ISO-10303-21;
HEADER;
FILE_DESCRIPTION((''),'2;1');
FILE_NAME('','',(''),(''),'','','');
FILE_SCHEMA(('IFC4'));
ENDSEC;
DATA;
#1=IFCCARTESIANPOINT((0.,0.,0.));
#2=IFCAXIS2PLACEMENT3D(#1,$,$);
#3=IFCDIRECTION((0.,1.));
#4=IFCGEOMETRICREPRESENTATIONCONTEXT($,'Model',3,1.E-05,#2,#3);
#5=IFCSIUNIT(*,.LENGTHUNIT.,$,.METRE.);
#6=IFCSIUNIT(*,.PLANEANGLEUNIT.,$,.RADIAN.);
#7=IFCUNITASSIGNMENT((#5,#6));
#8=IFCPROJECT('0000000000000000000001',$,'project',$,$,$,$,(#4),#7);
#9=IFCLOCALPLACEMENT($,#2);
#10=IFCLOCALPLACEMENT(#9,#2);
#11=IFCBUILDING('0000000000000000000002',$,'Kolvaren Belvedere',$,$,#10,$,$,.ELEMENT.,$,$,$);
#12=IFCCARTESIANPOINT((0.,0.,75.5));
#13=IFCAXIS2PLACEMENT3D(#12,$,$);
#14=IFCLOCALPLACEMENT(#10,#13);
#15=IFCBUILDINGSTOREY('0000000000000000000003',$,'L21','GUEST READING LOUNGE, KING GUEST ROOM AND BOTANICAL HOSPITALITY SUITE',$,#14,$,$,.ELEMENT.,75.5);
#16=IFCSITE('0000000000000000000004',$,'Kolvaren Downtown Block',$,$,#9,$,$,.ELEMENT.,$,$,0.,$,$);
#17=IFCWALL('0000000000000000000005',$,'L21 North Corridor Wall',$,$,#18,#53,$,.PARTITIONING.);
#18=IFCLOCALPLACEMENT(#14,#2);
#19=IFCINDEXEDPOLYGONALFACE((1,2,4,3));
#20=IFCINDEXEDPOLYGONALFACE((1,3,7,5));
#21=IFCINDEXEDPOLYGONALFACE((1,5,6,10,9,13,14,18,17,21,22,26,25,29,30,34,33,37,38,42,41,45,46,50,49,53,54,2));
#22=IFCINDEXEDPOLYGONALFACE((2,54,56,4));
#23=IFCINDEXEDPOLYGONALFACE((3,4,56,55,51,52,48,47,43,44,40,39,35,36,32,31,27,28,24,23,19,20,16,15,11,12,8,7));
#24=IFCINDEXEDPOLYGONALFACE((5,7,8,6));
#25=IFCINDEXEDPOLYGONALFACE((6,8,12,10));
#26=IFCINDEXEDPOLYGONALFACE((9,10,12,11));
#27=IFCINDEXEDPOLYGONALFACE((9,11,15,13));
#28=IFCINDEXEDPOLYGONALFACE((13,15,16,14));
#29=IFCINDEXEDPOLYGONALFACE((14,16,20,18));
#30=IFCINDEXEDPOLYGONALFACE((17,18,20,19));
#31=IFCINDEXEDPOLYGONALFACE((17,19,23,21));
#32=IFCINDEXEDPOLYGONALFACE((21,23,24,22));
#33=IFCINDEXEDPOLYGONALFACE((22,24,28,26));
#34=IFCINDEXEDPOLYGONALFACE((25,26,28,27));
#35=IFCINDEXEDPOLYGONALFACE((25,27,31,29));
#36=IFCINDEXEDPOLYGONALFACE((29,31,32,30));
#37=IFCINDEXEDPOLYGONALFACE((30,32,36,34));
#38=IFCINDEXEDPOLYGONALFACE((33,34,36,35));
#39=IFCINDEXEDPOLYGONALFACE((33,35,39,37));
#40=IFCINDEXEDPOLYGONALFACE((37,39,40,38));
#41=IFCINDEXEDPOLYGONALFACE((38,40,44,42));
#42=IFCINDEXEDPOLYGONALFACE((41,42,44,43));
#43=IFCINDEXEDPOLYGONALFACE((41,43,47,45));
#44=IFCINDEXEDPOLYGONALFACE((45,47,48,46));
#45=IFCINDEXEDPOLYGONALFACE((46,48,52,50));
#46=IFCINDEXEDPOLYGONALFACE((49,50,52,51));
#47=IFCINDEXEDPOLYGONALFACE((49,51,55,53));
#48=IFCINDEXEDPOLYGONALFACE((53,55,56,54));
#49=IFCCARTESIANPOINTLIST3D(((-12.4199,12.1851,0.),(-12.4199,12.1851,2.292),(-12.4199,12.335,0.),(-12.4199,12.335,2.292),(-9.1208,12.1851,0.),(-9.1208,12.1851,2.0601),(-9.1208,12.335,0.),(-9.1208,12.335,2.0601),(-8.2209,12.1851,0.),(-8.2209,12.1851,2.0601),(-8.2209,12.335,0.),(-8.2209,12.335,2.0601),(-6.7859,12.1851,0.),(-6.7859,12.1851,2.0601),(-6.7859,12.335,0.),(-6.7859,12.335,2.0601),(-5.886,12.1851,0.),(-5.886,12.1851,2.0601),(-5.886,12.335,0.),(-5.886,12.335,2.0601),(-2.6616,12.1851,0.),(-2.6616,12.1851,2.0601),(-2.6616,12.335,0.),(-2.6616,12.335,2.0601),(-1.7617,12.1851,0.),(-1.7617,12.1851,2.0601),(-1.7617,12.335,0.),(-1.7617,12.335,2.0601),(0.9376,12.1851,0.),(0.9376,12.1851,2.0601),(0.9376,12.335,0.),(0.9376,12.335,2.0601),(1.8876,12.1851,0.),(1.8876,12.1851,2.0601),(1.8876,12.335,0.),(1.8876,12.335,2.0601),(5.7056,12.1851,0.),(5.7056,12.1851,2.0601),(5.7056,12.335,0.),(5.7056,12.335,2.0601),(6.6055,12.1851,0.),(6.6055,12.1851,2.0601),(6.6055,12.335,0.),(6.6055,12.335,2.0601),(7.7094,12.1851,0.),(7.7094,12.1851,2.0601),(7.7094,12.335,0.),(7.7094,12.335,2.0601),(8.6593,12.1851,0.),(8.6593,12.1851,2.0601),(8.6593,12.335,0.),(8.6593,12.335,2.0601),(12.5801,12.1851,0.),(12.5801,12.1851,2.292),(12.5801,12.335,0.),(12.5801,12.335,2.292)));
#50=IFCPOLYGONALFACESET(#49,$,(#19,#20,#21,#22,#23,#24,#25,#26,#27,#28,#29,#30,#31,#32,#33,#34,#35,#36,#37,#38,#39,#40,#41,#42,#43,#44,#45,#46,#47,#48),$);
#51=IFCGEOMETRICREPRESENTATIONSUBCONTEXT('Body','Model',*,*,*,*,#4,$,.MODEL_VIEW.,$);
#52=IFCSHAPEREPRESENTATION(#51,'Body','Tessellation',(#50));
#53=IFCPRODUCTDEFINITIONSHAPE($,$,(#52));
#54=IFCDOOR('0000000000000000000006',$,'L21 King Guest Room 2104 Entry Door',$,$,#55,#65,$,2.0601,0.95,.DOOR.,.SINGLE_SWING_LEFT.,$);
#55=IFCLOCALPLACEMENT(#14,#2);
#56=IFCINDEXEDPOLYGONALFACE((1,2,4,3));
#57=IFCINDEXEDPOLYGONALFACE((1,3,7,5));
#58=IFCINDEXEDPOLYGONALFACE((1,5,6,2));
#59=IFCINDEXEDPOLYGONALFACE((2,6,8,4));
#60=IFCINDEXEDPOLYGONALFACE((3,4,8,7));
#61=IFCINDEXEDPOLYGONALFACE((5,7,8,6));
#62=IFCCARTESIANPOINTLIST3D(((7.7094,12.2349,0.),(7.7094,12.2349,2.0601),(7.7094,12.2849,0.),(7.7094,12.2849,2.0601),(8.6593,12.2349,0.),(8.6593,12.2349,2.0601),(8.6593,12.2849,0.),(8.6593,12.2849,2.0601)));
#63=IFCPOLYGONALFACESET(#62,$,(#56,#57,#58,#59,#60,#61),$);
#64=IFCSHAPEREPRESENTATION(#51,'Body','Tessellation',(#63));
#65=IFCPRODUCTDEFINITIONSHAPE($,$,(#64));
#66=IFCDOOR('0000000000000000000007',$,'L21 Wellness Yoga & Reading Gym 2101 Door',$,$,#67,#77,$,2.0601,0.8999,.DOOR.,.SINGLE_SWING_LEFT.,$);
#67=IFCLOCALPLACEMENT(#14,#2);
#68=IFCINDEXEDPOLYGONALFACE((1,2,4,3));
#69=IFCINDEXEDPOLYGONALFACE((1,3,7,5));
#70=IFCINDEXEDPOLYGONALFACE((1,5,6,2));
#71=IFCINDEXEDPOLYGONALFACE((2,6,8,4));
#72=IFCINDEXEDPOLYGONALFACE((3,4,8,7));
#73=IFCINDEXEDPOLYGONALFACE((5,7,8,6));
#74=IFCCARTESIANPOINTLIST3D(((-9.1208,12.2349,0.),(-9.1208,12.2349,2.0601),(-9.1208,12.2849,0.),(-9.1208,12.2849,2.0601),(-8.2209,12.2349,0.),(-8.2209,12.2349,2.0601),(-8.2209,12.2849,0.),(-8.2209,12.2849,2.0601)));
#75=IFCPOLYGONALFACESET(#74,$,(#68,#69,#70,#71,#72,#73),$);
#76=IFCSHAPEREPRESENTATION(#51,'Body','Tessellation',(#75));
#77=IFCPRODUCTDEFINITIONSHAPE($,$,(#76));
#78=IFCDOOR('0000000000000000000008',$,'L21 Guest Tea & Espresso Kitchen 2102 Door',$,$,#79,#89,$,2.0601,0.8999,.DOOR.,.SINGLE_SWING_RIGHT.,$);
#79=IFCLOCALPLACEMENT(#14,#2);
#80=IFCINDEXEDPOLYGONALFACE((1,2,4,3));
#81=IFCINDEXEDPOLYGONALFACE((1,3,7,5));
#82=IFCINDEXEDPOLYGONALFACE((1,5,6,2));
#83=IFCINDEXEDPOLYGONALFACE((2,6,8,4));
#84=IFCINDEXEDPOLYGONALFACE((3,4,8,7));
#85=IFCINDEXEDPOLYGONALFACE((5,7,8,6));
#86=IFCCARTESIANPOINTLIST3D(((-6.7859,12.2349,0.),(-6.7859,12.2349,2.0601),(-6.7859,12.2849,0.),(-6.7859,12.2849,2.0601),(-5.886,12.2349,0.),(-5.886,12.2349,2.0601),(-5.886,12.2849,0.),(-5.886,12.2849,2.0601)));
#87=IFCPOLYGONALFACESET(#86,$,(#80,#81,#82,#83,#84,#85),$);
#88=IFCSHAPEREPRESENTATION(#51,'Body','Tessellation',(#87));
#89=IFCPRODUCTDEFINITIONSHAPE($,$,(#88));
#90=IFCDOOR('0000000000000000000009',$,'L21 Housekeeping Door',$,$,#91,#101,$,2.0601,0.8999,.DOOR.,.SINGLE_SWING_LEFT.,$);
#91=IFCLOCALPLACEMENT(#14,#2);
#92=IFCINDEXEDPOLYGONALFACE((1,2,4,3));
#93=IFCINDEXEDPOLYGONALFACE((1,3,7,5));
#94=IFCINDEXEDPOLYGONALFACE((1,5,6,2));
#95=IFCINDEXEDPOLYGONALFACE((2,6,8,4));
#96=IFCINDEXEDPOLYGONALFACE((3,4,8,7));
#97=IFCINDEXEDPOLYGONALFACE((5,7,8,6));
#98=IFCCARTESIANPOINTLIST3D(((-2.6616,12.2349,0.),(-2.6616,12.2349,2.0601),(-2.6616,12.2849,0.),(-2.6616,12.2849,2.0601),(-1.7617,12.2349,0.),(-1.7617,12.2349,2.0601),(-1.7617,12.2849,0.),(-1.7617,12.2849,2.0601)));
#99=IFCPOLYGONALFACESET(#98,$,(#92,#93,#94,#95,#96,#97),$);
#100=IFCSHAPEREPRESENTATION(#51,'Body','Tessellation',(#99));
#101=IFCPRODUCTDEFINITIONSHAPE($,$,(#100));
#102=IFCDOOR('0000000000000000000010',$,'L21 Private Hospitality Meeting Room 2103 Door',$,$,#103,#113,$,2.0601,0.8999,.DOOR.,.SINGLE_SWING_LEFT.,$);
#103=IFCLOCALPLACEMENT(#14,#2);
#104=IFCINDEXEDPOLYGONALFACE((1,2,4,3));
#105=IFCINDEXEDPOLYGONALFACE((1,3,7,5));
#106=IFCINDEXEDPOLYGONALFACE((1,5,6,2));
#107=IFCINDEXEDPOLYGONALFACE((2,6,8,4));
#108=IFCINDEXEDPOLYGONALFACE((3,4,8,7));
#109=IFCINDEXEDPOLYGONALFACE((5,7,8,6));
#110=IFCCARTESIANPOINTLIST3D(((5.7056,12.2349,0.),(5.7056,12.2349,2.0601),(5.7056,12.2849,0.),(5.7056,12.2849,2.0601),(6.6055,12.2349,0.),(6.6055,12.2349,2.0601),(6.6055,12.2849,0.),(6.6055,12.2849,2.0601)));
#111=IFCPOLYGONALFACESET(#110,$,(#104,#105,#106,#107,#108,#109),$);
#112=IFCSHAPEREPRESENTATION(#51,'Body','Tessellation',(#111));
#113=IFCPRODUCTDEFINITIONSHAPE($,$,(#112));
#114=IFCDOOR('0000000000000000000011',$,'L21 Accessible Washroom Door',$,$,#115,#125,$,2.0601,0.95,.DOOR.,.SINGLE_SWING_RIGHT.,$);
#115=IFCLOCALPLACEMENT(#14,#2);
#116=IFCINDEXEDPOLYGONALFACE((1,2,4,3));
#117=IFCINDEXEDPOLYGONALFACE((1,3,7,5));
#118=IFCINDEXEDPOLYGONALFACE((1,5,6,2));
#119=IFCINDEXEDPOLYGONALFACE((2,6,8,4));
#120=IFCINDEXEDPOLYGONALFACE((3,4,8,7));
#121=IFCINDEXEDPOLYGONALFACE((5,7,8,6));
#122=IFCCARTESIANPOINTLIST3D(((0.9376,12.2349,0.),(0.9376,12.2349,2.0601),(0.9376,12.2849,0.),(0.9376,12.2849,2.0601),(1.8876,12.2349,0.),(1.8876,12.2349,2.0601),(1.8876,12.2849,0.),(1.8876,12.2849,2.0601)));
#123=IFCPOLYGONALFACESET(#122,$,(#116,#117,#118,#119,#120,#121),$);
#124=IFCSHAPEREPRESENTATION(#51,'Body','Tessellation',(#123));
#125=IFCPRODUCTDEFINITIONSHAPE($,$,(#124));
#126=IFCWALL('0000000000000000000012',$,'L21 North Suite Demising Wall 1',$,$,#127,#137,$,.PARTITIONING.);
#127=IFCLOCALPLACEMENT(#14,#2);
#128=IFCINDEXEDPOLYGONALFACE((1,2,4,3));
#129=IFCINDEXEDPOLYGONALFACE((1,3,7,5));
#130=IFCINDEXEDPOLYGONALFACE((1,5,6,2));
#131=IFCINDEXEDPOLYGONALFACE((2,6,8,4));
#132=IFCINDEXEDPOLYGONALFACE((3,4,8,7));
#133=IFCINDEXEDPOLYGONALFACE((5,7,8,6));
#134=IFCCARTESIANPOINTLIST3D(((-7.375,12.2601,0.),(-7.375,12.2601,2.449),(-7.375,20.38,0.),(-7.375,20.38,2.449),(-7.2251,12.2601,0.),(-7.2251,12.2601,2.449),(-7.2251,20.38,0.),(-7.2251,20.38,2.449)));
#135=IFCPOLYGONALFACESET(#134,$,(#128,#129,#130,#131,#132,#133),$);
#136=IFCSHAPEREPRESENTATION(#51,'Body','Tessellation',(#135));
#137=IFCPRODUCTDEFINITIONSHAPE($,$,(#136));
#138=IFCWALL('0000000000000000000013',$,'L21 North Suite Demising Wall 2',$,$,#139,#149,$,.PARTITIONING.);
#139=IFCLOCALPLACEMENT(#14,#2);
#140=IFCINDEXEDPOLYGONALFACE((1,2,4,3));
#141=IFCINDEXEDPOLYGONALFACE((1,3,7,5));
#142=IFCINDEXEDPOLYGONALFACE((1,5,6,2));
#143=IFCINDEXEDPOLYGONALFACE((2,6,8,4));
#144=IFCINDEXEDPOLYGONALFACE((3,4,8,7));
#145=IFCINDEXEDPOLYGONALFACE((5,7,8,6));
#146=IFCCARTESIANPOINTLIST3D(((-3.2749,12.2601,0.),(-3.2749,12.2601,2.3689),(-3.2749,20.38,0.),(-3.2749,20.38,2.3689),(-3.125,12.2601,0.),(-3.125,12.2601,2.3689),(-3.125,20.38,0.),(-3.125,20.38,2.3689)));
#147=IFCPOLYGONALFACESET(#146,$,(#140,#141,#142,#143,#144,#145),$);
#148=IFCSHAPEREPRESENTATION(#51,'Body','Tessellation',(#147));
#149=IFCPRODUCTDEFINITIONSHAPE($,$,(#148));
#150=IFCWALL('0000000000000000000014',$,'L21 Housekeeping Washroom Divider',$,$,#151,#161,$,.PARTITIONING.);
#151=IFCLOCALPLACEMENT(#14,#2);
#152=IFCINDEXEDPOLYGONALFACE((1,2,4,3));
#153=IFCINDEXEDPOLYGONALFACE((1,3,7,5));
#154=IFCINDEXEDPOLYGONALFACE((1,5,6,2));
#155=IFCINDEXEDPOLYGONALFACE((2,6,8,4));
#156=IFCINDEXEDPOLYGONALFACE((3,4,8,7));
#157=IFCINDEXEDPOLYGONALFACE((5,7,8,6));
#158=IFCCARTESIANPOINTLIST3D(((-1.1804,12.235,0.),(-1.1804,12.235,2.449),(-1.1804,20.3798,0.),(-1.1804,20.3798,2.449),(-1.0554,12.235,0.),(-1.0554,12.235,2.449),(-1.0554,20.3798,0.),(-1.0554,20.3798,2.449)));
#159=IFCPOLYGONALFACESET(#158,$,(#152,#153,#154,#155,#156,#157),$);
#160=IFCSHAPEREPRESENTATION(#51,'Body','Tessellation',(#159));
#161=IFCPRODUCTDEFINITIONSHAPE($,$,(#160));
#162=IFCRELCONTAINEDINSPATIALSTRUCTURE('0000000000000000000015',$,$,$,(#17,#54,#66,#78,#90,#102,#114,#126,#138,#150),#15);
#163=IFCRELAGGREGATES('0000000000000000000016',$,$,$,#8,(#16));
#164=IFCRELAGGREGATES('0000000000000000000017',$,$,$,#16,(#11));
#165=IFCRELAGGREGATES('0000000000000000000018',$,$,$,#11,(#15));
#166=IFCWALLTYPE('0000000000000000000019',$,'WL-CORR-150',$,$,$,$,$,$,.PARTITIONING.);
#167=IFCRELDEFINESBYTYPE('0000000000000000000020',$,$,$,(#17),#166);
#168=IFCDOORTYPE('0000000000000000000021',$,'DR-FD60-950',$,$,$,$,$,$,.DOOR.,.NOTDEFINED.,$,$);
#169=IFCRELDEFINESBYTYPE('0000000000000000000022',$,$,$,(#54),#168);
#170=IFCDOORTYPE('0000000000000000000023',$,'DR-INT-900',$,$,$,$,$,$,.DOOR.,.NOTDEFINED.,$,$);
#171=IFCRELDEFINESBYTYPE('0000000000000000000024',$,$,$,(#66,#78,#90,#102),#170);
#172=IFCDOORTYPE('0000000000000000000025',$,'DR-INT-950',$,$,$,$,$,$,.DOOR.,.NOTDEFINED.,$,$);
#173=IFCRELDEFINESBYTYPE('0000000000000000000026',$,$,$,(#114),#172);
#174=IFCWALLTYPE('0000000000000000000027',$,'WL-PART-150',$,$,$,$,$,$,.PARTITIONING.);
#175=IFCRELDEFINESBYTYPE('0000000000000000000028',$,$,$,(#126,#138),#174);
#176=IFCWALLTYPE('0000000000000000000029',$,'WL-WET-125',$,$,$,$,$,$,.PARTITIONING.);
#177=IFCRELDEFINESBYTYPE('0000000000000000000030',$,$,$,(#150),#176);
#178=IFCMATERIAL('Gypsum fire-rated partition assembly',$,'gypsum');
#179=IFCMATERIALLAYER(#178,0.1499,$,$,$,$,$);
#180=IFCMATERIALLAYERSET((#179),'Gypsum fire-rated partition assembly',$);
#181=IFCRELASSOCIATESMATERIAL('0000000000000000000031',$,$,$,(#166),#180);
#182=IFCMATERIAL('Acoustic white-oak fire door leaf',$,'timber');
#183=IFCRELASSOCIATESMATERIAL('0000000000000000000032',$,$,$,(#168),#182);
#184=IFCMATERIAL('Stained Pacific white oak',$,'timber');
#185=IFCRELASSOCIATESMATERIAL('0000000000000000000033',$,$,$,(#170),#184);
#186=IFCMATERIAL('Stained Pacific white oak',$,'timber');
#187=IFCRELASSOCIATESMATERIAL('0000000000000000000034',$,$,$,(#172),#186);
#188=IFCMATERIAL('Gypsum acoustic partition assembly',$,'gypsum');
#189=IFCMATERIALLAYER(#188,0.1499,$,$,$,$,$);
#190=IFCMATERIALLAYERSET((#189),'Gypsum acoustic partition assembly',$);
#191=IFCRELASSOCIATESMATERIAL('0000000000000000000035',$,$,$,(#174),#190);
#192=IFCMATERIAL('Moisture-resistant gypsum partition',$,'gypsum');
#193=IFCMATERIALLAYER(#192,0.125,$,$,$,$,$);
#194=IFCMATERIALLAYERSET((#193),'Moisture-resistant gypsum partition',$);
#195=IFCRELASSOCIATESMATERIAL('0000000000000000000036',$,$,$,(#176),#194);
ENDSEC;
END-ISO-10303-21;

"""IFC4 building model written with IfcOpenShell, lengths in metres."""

from ifc_helpers import new_model, si_unit, direction, frame, frame_2d, origin, place, context, subcontext, project, spatial, rectangle, extrude, material, layer, layer_set, type_object, element, fill, save


model = new_model("IFC4")

# Units and contexts
model_context = context("Model", 3, precision=1e-05, world=origin(), true_north=direction((0.0, 1.0)))
body_context = subcontext(model_context, "Body", "Model", "MODEL_VIEW")
ifc_project = project(units=[si_unit("LENGTHUNIT", "METRE"), si_unit("PLANEANGLEUNIT", "RADIAN")], contexts=[model_context])

# Site, building, storey
site_placement = place(None, origin())
site = spatial("IfcSite", under=ifc_project, at=site_placement, Name="Kolvaren Downtown Block", CompositionType="ELEMENT", RefElevation=0.0)
building_placement = place(site_placement, origin())
building = spatial("IfcBuilding", under=site, at=building_placement, Name="Kolvaren Belvedere", CompositionType="ELEMENT")
storey_placement = place(building_placement, frame((0.0, 0.0, 75.5)))
storey = spatial("IfcBuildingStorey", under=building, at=storey_placement, Name="L21", Description="GUEST READING LOUNGE, KING GUEST ROOM AND BOTANICAL HOSPITALITY SUITE", CompositionType="ELEMENT", Elevation=75.5)

# Wall, openings, doors
ifc_material_1 = material(Name="Gypsum fire-rated partition assembly", Category="gypsum")
ifc_layer_1 = layer(ifc_material_1, 0.1499)
ifc_layer_set_1 = layer_set([ifc_layer_1], Name="Gypsum fire-rated partition assembly")
wall_type_1 = type_object("IfcWallType", Name="WL-CORR-150", PredefinedType="PARTITIONING", material=ifc_layer_set_1)
wall_1_placement = place(storey_placement, frame((-12.4199, 12.26, 0.0), z_axis=(0.0, 0.0, 1.0), x_axis=(1.0, 0.0, 0.0)))
wall_1 = element("IfcWall", 1, at=wall_1_placement, inside=storey, type_object=wall_type_1, Name="L21 North Corridor Wall", PredefinedType="PARTITIONING", context=body_context, shape_type="SweptSolid", body=[
    extrude(rectangle(XDim=25.0, YDim=0.1499, at=frame_2d((12.5, 0.0))), origin(), (0.0, 0.0, 1.0), 2.292),
])
opening_1_placement = place(wall_1_placement, frame((3.2991, 0.0, 0.0)))
opening_1 = element("IfcOpeningElement", 2, at=opening_1_placement, cuts=wall_1, PredefinedType="OPENING", context=body_context, shape_type="SweptSolid", body=[
    extrude(rectangle(XDim=0.8999, YDim=2.0601, at=frame_2d((0.45, 1.03))), frame((0.0, 0.085, 0.0), z_axis=(0.0, -1.0, 0.0), x_axis=(1.0, 0.0, 0.0)), (0.0, 0.0, 1.0), 0.1699),
])
opening_2_placement = place(wall_1_placement, frame((5.634, 0.0, 0.0)))
opening_2 = element("IfcOpeningElement", 3, at=opening_2_placement, cuts=wall_1, PredefinedType="OPENING", context=body_context, shape_type="SweptSolid", body=[
    extrude(rectangle(XDim=0.8999, YDim=2.0601, at=frame_2d((0.45, 1.03))), frame((0.0, 0.085, 0.0), z_axis=(0.0, -1.0, 0.0), x_axis=(1.0, 0.0, 0.0)), (0.0, 0.0, 1.0), 0.1699),
])
opening_3_placement = place(wall_1_placement, frame((9.7583, 0.0, 0.0)))
opening_3 = element("IfcOpeningElement", 4, at=opening_3_placement, cuts=wall_1, PredefinedType="OPENING", context=body_context, shape_type="SweptSolid", body=[
    extrude(rectangle(XDim=0.8999, YDim=2.0601, at=frame_2d((0.45, 1.03))), frame((0.0, 0.085, 0.0), z_axis=(0.0, -1.0, 0.0), x_axis=(1.0, 0.0, 0.0)), (0.0, 0.0, 1.0), 0.1699),
])
opening_4_placement = place(wall_1_placement, frame((13.3574, 0.0, 0.0)))
opening_4 = element("IfcOpeningElement", 5, at=opening_4_placement, cuts=wall_1, PredefinedType="OPENING", context=body_context, shape_type="SweptSolid", body=[
    extrude(rectangle(XDim=0.95, YDim=2.0601, at=frame_2d((0.4751, 1.03))), frame((0.0, 0.085, 0.0), z_axis=(0.0, -1.0, 0.0), x_axis=(1.0, 0.0, 0.0)), (0.0, 0.0, 1.0), 0.1699),
])
opening_5_placement = place(wall_1_placement, frame((18.1255, 0.0, 0.0)))
opening_5 = element("IfcOpeningElement", 6, at=opening_5_placement, cuts=wall_1, PredefinedType="OPENING", context=body_context, shape_type="SweptSolid", body=[
    extrude(rectangle(XDim=0.8999, YDim=2.0601, at=frame_2d((0.45, 1.03))), frame((0.0, 0.085, 0.0), z_axis=(0.0, -1.0, 0.0), x_axis=(1.0, 0.0, 0.0)), (0.0, 0.0, 1.0), 0.1699),
])
opening_6_placement = place(wall_1_placement, frame((20.1292, 0.0, 0.0)))
opening_6 = element("IfcOpeningElement", 7, at=opening_6_placement, cuts=wall_1, PredefinedType="OPENING", context=body_context, shape_type="SweptSolid", body=[
    extrude(rectangle(XDim=0.95, YDim=2.0601, at=frame_2d((0.4751, 1.03))), frame((0.0, 0.085, 0.0), z_axis=(0.0, -1.0, 0.0), x_axis=(1.0, 0.0, 0.0)), (0.0, 0.0, 1.0), 0.1699),
])
ifc_material_2 = material(Name="Acoustic white-oak fire door leaf", Category="timber")
door_type_1 = type_object("IfcDoorType", Name="DR-FD60-950", OperationType="NOTDEFINED", PredefinedType="DOOR", material=ifc_material_2)
door_1_placement = place(opening_6_placement, origin())
door_1 = element("IfcDoor", 8, at=door_1_placement, inside=storey, type_object=door_type_1, Name="L21 King Guest Room 2104 Entry Door", OperationType="SINGLE_SWING_LEFT", OverallHeight=2.0601, OverallWidth=0.95, PredefinedType="DOOR", context=body_context, shape_type="SweptSolid", body=[
    extrude(rectangle(XDim=0.95, YDim=2.0601, at=frame_2d((0.4751, 1.03))), frame((0.0, 0.0249, 0.0), z_axis=(0.0, -1.0, 0.0), x_axis=(1.0, 0.0, 0.0)), (0.0, 0.0, 1.0), 0.05),
])
fill(opening_6, door_1)
ifc_material_3 = material(Name="Stained Pacific white oak", Category="timber")
door_type_2 = type_object("IfcDoorType", Name="DR-INT-900", OperationType="NOTDEFINED", PredefinedType="DOOR", material=ifc_material_3)
door_2_placement = place(opening_1_placement, origin())
door_2 = element("IfcDoor", 9, at=door_2_placement, inside=storey, type_object=door_type_2, Name="L21 Wellness Yoga & Reading Gym 2101 Door", OperationType="SINGLE_SWING_LEFT", OverallHeight=2.0601, OverallWidth=0.8999, PredefinedType="DOOR", context=body_context, shape_type="SweptSolid", body=[
    extrude(rectangle(XDim=0.8999, YDim=2.0601, at=frame_2d((0.45, 1.03))), frame((0.0, 0.0249, 0.0), z_axis=(0.0, -1.0, 0.0), x_axis=(1.0, 0.0, 0.0)), (0.0, 0.0, 1.0), 0.05),
])
fill(opening_1, door_2)
door_3_placement = place(opening_2_placement, origin())
door_3 = element("IfcDoor", 10, at=door_3_placement, inside=storey, type_object=door_type_2, Name="L21 Guest Tea & Espresso Kitchen 2102 Door", OperationType="SINGLE_SWING_RIGHT", OverallHeight=2.0601, OverallWidth=0.8999, PredefinedType="DOOR", context=body_context, shape_type="SweptSolid", body=[
    extrude(rectangle(XDim=0.8999, YDim=2.0601, at=frame_2d((0.45, 1.03))), frame((0.0, 0.0249, 0.0), z_axis=(0.0, -1.0, 0.0), x_axis=(1.0, 0.0, 0.0)), (0.0, 0.0, 1.0), 0.05),
])
fill(opening_2, door_3)
door_4_placement = place(opening_3_placement, origin())
door_4 = element("IfcDoor", 11, at=door_4_placement, inside=storey, type_object=door_type_2, Name="L21 Housekeeping Door", OperationType="SINGLE_SWING_LEFT", OverallHeight=2.0601, OverallWidth=0.8999, PredefinedType="DOOR", context=body_context, shape_type="SweptSolid", body=[
    extrude(rectangle(XDim=0.8999, YDim=2.0601, at=frame_2d((0.45, 1.03))), frame((0.0, 0.0249, 0.0), z_axis=(0.0, -1.0, 0.0), x_axis=(1.0, 0.0, 0.0)), (0.0, 0.0, 1.0), 0.05),
])
fill(opening_3, door_4)
door_5_placement = place(opening_5_placement, origin())
door_5 = element("IfcDoor", 12, at=door_5_placement, inside=storey, type_object=door_type_2, Name="L21 Private Hospitality Meeting Room 2103 Door", OperationType="SINGLE_SWING_LEFT", OverallHeight=2.0601, OverallWidth=0.8999, PredefinedType="DOOR", context=body_context, shape_type="SweptSolid", body=[
    extrude(rectangle(XDim=0.8999, YDim=2.0601, at=frame_2d((0.45, 1.03))), frame((0.0, 0.0249, 0.0), z_axis=(0.0, -1.0, 0.0), x_axis=(1.0, 0.0, 0.0)), (0.0, 0.0, 1.0), 0.05),
])
fill(opening_5, door_5)
ifc_material_4 = material(Name="Stained Pacific white oak", Category="timber")
door_type_3 = type_object("IfcDoorType", Name="DR-INT-950", OperationType="NOTDEFINED", PredefinedType="DOOR", material=ifc_material_4)
door_6_placement = place(opening_4_placement, origin())
door_6 = element("IfcDoor", 13, at=door_6_placement, inside=storey, type_object=door_type_3, Name="L21 Accessible Washroom Door", OperationType="SINGLE_SWING_RIGHT", OverallHeight=2.0601, OverallWidth=0.95, PredefinedType="DOOR", context=body_context, shape_type="SweptSolid", body=[
    extrude(rectangle(XDim=0.95, YDim=2.0601, at=frame_2d((0.4751, 1.03))), frame((0.0, 0.0249, 0.0), z_axis=(0.0, -1.0, 0.0), x_axis=(1.0, 0.0, 0.0)), (0.0, 0.0, 1.0), 0.05),
])
fill(opening_4, door_6)

# Walls
ifc_material_5 = material(Name="Gypsum acoustic partition assembly", Category="gypsum")
ifc_layer_2 = layer(ifc_material_5, 0.1499)
ifc_layer_set_2 = layer_set([ifc_layer_2], Name="Gypsum acoustic partition assembly")
wall_type_2 = type_object("IfcWallType", Name="WL-PART-150", PredefinedType="PARTITIONING", material=ifc_layer_set_2)
wall_2_placement = place(storey_placement, frame((-7.3, 12.26, 0.0), z_axis=(0.0, 0.0, 1.0), x_axis=(0.0, 1.0, 0.0)))
element("IfcWall", 14, at=wall_2_placement, inside=storey, type_object=wall_type_2, Name="L21 North Suite Demising Wall 1", PredefinedType="PARTITIONING", context=body_context, shape_type="SweptSolid", body=[
    extrude(rectangle(XDim=8.1199, YDim=0.1499, at=frame_2d((4.0601, 0.0))), origin(), (0.0, 0.0, 1.0), 2.449),
])
wall_3_placement = place(storey_placement, frame((-3.2, 12.26, 0.0), z_axis=(0.0, 0.0, 1.0), x_axis=(0.0, 1.0, 0.0)))
element("IfcWall", 15, at=wall_3_placement, inside=storey, type_object=wall_type_2, Name="L21 North Suite Demising Wall 2", PredefinedType="PARTITIONING", context=body_context, shape_type="SweptSolid", body=[
    extrude(rectangle(XDim=8.1199, YDim=0.1499, at=frame_2d((4.0601, 0.0))), origin(), (0.0, 0.0, 1.0), 2.3689),
])
ifc_material_6 = material(Name="Moisture-resistant gypsum partition", Category="gypsum")
ifc_layer_3 = layer(ifc_material_6, 0.125)
ifc_layer_set_3 = layer_set([ifc_layer_3], Name="Moisture-resistant gypsum partition")
wall_type_3 = type_object("IfcWallType", Name="WL-WET-125", PredefinedType="PARTITIONING", material=ifc_layer_set_3)
wall_4_placement = place(storey_placement, frame((-1.1179, 12.2351, 0.0), z_axis=(0.0, 0.0, 1.0), x_axis=(0.0, 1.0, 0.0)))
element("IfcWall", 16, at=wall_4_placement, inside=storey, type_object=wall_type_3, Name="L21 Housekeeping Washroom Divider", PredefinedType="PARTITIONING", context=body_context, shape_type="SweptSolid", body=[
    extrude(rectangle(XDim=8.1448, YDim=0.125, at=frame_2d((4.0723, 0.0))), origin(), (0.0, 0.0, 1.0), 2.449),
])

save(model, "model.ifc")
